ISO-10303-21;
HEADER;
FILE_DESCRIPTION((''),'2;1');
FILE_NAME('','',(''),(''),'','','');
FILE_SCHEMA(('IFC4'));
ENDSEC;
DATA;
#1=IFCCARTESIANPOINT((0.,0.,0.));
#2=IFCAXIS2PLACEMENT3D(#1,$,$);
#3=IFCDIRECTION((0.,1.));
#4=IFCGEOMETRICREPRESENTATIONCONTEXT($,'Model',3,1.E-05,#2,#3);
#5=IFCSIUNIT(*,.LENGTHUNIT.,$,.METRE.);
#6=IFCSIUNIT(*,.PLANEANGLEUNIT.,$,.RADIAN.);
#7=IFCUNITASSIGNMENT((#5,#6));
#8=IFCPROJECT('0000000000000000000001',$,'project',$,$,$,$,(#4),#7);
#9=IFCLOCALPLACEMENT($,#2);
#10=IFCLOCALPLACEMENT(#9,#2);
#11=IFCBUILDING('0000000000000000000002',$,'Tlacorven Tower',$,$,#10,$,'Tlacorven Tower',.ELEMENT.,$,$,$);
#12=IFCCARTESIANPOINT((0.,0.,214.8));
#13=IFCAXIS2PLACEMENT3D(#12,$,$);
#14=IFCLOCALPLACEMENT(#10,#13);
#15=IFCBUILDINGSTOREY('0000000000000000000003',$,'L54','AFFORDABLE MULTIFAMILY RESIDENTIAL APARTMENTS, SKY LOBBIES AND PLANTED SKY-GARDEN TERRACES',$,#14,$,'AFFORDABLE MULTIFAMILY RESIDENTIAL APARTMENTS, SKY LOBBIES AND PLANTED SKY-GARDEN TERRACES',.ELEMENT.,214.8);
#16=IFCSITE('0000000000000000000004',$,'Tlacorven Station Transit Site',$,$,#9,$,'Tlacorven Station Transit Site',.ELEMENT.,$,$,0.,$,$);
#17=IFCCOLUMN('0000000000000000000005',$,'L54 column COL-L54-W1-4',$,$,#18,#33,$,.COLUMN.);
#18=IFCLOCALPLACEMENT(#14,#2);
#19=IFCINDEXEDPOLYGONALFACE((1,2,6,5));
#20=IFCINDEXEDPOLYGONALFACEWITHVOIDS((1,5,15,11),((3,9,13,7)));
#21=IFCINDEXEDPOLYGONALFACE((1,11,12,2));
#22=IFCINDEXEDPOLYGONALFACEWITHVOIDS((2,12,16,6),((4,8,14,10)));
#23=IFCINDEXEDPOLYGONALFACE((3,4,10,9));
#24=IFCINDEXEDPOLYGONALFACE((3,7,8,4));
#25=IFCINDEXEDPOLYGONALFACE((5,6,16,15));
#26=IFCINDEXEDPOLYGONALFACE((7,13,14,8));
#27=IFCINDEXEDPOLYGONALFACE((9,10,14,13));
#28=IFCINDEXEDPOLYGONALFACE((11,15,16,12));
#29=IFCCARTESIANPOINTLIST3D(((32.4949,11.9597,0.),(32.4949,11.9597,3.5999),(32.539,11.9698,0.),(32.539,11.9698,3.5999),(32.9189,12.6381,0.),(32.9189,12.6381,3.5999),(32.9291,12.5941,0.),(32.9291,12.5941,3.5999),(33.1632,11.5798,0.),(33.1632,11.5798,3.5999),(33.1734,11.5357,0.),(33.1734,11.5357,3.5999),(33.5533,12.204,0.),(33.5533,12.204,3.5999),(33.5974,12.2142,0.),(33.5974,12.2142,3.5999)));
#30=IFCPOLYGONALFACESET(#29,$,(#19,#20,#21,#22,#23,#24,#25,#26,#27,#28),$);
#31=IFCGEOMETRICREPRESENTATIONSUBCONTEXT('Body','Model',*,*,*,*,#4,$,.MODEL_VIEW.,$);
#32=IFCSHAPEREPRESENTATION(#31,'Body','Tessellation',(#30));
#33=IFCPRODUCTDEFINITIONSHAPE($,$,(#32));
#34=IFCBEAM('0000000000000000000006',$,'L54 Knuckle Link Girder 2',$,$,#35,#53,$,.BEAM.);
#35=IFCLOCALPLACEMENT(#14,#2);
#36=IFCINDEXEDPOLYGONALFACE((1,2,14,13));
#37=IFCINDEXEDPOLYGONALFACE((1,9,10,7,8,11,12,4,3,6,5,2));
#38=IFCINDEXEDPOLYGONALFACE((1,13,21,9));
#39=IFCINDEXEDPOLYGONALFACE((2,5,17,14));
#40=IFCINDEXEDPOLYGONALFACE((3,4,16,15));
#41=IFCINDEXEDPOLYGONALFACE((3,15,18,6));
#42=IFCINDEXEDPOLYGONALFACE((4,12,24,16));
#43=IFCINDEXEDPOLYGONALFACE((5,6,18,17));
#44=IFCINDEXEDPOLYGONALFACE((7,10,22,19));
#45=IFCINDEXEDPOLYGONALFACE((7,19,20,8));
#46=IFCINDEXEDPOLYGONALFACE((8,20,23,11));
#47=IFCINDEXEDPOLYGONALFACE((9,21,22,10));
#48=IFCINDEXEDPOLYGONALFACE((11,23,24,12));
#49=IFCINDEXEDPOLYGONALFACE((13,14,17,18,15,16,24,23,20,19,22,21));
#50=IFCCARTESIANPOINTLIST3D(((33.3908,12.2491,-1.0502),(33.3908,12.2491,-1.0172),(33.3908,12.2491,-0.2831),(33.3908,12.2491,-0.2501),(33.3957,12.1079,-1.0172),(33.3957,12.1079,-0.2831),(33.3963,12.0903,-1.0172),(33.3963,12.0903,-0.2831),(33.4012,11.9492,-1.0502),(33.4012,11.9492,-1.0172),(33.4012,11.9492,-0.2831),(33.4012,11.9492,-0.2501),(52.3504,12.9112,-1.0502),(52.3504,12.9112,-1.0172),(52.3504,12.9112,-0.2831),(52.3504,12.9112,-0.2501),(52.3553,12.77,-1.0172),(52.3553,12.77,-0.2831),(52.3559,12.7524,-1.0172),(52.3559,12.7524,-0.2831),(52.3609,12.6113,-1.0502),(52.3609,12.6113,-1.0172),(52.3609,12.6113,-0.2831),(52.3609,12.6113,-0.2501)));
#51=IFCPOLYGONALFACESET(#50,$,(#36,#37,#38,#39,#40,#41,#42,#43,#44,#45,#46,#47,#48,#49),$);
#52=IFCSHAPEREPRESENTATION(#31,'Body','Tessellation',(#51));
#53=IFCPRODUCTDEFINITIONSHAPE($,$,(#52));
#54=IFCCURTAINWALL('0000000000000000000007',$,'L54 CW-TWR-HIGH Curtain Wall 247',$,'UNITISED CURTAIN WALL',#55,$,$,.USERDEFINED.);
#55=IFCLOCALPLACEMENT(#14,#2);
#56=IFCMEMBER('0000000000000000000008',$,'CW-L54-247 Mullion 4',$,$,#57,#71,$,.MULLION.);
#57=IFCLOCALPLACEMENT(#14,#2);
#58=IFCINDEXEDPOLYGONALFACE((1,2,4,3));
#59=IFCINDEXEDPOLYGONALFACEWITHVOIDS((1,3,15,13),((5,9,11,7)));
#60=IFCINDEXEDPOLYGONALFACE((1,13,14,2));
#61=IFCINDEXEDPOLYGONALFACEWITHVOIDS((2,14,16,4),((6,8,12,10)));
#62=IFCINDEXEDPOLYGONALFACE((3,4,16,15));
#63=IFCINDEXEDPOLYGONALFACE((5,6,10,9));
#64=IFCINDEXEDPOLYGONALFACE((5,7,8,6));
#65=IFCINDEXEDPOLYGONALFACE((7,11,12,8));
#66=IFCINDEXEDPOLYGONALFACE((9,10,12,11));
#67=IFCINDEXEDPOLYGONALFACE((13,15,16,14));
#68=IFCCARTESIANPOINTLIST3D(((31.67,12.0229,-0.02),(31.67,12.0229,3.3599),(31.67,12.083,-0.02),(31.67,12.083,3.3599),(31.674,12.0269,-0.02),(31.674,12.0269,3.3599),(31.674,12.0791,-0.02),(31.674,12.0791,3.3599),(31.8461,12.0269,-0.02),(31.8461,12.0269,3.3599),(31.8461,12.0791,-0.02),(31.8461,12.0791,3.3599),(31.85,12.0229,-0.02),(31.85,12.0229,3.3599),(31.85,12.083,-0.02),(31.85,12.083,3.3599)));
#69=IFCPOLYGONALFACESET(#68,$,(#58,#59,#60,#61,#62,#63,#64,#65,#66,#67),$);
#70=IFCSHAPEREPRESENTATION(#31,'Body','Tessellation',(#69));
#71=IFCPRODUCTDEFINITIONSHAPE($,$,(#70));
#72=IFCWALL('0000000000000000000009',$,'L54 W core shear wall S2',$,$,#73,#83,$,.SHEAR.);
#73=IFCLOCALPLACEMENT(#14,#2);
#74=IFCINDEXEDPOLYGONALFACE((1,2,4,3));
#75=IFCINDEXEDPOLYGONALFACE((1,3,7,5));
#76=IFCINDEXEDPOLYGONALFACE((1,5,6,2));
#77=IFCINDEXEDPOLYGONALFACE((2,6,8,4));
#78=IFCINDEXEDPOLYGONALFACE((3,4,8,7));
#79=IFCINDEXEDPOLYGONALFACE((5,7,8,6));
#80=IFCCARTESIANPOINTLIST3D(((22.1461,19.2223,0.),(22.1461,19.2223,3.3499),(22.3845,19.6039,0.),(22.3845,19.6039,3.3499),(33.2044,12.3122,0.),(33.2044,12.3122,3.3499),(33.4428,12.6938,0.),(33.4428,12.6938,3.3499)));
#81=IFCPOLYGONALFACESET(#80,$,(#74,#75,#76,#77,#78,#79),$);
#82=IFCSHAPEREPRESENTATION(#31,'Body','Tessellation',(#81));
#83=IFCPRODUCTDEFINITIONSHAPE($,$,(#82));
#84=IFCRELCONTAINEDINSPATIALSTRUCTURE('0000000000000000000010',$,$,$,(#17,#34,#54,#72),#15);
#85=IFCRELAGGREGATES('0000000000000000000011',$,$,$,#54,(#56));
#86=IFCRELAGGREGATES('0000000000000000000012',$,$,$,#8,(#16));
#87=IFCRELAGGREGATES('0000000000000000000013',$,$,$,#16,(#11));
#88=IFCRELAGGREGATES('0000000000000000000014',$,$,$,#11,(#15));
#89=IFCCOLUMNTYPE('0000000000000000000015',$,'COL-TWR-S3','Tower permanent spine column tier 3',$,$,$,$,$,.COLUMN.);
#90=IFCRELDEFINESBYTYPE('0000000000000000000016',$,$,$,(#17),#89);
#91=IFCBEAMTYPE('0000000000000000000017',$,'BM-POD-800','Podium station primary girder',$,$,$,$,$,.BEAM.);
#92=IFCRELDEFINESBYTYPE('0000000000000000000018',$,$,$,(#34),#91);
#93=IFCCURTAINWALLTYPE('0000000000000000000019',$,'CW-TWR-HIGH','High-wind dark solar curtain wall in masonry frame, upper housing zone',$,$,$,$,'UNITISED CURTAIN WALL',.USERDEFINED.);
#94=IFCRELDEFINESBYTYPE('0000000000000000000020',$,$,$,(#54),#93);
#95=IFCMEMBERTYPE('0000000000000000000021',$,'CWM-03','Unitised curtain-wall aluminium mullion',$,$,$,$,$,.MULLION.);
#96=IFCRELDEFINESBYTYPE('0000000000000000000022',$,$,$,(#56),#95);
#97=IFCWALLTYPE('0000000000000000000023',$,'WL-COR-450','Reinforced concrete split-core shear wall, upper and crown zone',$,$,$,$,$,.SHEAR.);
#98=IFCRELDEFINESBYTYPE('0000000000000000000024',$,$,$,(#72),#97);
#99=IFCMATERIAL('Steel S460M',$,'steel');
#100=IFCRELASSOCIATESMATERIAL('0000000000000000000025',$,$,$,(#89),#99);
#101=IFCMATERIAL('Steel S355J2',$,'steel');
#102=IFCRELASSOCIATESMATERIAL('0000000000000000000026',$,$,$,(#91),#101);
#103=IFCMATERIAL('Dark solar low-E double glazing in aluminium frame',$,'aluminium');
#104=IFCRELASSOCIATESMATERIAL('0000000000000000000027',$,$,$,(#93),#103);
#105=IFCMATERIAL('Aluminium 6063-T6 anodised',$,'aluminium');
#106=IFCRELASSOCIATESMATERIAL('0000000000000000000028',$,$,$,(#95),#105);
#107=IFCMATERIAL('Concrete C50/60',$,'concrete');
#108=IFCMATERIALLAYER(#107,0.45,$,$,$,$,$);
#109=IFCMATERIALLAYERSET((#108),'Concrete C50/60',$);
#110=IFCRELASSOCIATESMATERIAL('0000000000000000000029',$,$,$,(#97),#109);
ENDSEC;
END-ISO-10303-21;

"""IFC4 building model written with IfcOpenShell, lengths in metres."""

from ifc_helpers import new_model, si_unit, direction, frame, frame_2d, origin, origin_2d, place, context, subcontext, project, spatial, rectangle, hollow_rectangle, i_section, extrude, source, transform, mapped, material, layer, layer_set, material_profile, profile_set, type_object, element, aggregate, save


model = new_model("IFC4")

# Units and contexts
model_context = context("Model", 3, precision=1e-05, world=origin(), true_north=direction((0.0, 1.0)))
body_context = subcontext(model_context, "Body", "Model", "MODEL_VIEW")
ifc_project = project(units=[si_unit("LENGTHUNIT", "METRE"), si_unit("PLANEANGLEUNIT", "RADIAN")], contexts=[model_context])

# Site, building, storey
site_placement = place(None, origin())
site = spatial("IfcSite", under=ifc_project, at=site_placement, Name="Tlacorven Station Transit Site", LongName="Tlacorven Station Transit Site", CompositionType="ELEMENT", RefElevation=0.0)
building_placement = place(site_placement, origin())
building = spatial("IfcBuilding", under=site, at=building_placement, Name="Tlacorven Tower", LongName="Tlacorven Tower", CompositionType="ELEMENT")
storey_placement = place(building_placement, frame((0.0, 0.0, 214.8)))
storey = spatial("IfcBuildingStorey", under=building, at=storey_placement, Name="L54", Description="AFFORDABLE MULTIFAMILY RESIDENTIAL APARTMENTS, SKY LOBBIES AND PLANTED SKY-GARDEN TERRACES", LongName="AFFORDABLE MULTIFAMILY RESIDENTIAL APARTMENTS, SKY LOBBIES AND PLANTED SKY-GARDEN TERRACES", CompositionType="ELEMENT", Elevation=214.8)

# Column
ifc_material_1 = material(Name="Steel S460M", Category="steel")
ifc_material_profile_1 = material_profile(ifc_material_1, hollow_rectangle(XDim=0.8, YDim=0.8, WallThickness=0.032, at=origin_2d()), Name="BOX 800X800X32")
ifc_profile_set_1 = profile_set([ifc_material_profile_1], Name="Steel S460M")
column_type = type_object("IfcColumnType", Name="COL-TWR-S3", Description="Tower permanent spine column tier 3", PredefinedType="COLUMN", material=ifc_profile_set_1)
shared_shape_1 = source(origin(), body_context, "Body", "SweptSolid", [
    extrude(hollow_rectangle(XDim=0.8, YDim=0.8, WallThickness=0.032, at=origin_2d()), origin(), (0.0, 0.0, 1.0), 3.5999),
])
column_placement = place(storey_placement, frame((33.0461, 12.0869, 0.0), z_axis=(0.0, 0.0, 1.0), x_axis=(-0.848048, 0.529919, 0.0)))
element("IfcColumn", 1, at=column_placement, inside=storey, type_object=column_type, Name="L54 column COL-L54-W1-4", PredefinedType="COLUMN", context=body_context, shape_type="MappedRepresentation", body=[
    mapped(shared_shape_1, transform((0.0, 0.0, 0.0), scale=1.0)),
])

# Beam
ifc_material_2 = material(Name="Steel S355J2", Category="steel")
ifc_material_profile_2 = material_profile(ifc_material_2, i_section(OverallWidth=0.3, OverallDepth=0.8, WebThickness=0.0176, FlangeThickness=0.033, at=origin_2d()), Name="HEB 800")
ifc_profile_set_2 = profile_set([ifc_material_profile_2], Name="Steel S355J2")
beam_type = type_object("IfcBeamType", Name="BM-POD-800", Description="Podium station primary girder", PredefinedType="BEAM", material=ifc_profile_set_2)
shared_shape_2 = source(origin(), body_context, "Body", "SweptSolid", [
    extrude(i_section(OverallWidth=0.3, OverallDepth=0.8, WebThickness=0.0176, FlangeThickness=0.033, at=origin_2d()), origin(), (0.0, 0.0, 1.0), 18.9712),
])
beam_placement = place(storey_placement, frame((33.396, 12.0991, -0.6501), z_axis=(0.999391, 0.034901, 0.0), x_axis=(-0.034901, 0.999391, 0.0)))
element("IfcBeam", 2, at=beam_placement, inside=storey, type_object=beam_type, Name="L54 Knuckle Link Girder 2", PredefinedType="BEAM", context=body_context, shape_type="MappedRepresentation", body=[
    mapped(shared_shape_2, transform((0.0, 0.0, 0.0), scale=1.0)),
])

# Curtain wall, member
ifc_material_3 = material(Name="Dark solar low-E double glazing in aluminium frame", Category="aluminium")
curtain_wall_type = type_object("IfcCurtainWallType", Name="CW-TWR-HIGH", Description="High-wind dark solar curtain wall in masonry frame, upper housing zone", ElementType="UNITISED CURTAIN WALL", PredefinedType="USERDEFINED", material=ifc_material_3)
curtain_wall_placement = place(storey_placement, origin())
curtain_wall = element("IfcCurtainWall", 3, at=curtain_wall_placement, inside=storey, type_object=curtain_wall_type, Name="L54 CW-TWR-HIGH Curtain Wall 247", ObjectType="UNITISED CURTAIN WALL", PredefinedType="USERDEFINED")
ifc_material_4 = material(Name="Aluminium 6063-T6 anodised", Category="aluminium")
ifc_material_profile_3 = material_profile(ifc_material_4, hollow_rectangle(XDim=0.0601, YDim=0.1799, WallThickness=0.0039, at=origin_2d()), Name="ALU MULLION 60X180")
ifc_profile_set_3 = profile_set([ifc_material_profile_3], Name="Aluminium 6063-T6 anodised")
member_type = type_object("IfcMemberType", Name="CWM-03", Description="Unitised curtain-wall aluminium mullion", PredefinedType="MULLION", material=ifc_profile_set_3)
shared_shape_3 = source(origin(), body_context, "Body", "SweptSolid", [
    extrude(hollow_rectangle(XDim=0.0601, YDim=0.1799, WallThickness=0.0039, at=origin_2d()), origin(), (0.0, 0.0, 1.0), 3.3799),
])
member_placement = place(storey_placement, frame((31.76, 12.053, -0.02), z_axis=(0.0, 0.0, 1.0), x_axis=(0.0, 1.0, 0.0)))
member = element("IfcMember", 4, at=member_placement, type_object=member_type, Name="CW-L54-247 Mullion 4", PredefinedType="MULLION", context=body_context, shape_type="MappedRepresentation", body=[
    mapped(shared_shape_3, transform((0.0, 0.0, 0.0), scale=1.0)),
])
aggregate(curtain_wall, [member])

# Wall
ifc_material_5 = material(Name="Concrete C50/60", Category="concrete")
ifc_layer_1 = layer(ifc_material_5, 0.45)
ifc_layer_set_1 = layer_set([ifc_layer_1], Name="Concrete C50/60")
wall_type_1 = type_object("IfcWallType", Name="WL-COR-450", Description="Reinforced concrete split-core shear wall, upper and crown zone", PredefinedType="SHEAR", material=ifc_layer_set_1)
wall_1_placement = place(storey_placement, frame((33.3237, 12.5029, 0.0), z_axis=(0.0, 0.0, 1.0), x_axis=(-0.848044, 0.529927, 0.0)))
element("IfcWall", 5, at=wall_1_placement, inside=storey, type_object=wall_type_1, Name="L54 W core shear wall S2", PredefinedType="SHEAR", context=body_context, shape_type="SweptSolid", body=[
    extrude(rectangle(XDim=13.0398, YDim=0.45, at=frame_2d((6.52, 0.0))), origin(), (0.0, 0.0, 1.0), 3.3499),
])

save(model, "model.ifc")
